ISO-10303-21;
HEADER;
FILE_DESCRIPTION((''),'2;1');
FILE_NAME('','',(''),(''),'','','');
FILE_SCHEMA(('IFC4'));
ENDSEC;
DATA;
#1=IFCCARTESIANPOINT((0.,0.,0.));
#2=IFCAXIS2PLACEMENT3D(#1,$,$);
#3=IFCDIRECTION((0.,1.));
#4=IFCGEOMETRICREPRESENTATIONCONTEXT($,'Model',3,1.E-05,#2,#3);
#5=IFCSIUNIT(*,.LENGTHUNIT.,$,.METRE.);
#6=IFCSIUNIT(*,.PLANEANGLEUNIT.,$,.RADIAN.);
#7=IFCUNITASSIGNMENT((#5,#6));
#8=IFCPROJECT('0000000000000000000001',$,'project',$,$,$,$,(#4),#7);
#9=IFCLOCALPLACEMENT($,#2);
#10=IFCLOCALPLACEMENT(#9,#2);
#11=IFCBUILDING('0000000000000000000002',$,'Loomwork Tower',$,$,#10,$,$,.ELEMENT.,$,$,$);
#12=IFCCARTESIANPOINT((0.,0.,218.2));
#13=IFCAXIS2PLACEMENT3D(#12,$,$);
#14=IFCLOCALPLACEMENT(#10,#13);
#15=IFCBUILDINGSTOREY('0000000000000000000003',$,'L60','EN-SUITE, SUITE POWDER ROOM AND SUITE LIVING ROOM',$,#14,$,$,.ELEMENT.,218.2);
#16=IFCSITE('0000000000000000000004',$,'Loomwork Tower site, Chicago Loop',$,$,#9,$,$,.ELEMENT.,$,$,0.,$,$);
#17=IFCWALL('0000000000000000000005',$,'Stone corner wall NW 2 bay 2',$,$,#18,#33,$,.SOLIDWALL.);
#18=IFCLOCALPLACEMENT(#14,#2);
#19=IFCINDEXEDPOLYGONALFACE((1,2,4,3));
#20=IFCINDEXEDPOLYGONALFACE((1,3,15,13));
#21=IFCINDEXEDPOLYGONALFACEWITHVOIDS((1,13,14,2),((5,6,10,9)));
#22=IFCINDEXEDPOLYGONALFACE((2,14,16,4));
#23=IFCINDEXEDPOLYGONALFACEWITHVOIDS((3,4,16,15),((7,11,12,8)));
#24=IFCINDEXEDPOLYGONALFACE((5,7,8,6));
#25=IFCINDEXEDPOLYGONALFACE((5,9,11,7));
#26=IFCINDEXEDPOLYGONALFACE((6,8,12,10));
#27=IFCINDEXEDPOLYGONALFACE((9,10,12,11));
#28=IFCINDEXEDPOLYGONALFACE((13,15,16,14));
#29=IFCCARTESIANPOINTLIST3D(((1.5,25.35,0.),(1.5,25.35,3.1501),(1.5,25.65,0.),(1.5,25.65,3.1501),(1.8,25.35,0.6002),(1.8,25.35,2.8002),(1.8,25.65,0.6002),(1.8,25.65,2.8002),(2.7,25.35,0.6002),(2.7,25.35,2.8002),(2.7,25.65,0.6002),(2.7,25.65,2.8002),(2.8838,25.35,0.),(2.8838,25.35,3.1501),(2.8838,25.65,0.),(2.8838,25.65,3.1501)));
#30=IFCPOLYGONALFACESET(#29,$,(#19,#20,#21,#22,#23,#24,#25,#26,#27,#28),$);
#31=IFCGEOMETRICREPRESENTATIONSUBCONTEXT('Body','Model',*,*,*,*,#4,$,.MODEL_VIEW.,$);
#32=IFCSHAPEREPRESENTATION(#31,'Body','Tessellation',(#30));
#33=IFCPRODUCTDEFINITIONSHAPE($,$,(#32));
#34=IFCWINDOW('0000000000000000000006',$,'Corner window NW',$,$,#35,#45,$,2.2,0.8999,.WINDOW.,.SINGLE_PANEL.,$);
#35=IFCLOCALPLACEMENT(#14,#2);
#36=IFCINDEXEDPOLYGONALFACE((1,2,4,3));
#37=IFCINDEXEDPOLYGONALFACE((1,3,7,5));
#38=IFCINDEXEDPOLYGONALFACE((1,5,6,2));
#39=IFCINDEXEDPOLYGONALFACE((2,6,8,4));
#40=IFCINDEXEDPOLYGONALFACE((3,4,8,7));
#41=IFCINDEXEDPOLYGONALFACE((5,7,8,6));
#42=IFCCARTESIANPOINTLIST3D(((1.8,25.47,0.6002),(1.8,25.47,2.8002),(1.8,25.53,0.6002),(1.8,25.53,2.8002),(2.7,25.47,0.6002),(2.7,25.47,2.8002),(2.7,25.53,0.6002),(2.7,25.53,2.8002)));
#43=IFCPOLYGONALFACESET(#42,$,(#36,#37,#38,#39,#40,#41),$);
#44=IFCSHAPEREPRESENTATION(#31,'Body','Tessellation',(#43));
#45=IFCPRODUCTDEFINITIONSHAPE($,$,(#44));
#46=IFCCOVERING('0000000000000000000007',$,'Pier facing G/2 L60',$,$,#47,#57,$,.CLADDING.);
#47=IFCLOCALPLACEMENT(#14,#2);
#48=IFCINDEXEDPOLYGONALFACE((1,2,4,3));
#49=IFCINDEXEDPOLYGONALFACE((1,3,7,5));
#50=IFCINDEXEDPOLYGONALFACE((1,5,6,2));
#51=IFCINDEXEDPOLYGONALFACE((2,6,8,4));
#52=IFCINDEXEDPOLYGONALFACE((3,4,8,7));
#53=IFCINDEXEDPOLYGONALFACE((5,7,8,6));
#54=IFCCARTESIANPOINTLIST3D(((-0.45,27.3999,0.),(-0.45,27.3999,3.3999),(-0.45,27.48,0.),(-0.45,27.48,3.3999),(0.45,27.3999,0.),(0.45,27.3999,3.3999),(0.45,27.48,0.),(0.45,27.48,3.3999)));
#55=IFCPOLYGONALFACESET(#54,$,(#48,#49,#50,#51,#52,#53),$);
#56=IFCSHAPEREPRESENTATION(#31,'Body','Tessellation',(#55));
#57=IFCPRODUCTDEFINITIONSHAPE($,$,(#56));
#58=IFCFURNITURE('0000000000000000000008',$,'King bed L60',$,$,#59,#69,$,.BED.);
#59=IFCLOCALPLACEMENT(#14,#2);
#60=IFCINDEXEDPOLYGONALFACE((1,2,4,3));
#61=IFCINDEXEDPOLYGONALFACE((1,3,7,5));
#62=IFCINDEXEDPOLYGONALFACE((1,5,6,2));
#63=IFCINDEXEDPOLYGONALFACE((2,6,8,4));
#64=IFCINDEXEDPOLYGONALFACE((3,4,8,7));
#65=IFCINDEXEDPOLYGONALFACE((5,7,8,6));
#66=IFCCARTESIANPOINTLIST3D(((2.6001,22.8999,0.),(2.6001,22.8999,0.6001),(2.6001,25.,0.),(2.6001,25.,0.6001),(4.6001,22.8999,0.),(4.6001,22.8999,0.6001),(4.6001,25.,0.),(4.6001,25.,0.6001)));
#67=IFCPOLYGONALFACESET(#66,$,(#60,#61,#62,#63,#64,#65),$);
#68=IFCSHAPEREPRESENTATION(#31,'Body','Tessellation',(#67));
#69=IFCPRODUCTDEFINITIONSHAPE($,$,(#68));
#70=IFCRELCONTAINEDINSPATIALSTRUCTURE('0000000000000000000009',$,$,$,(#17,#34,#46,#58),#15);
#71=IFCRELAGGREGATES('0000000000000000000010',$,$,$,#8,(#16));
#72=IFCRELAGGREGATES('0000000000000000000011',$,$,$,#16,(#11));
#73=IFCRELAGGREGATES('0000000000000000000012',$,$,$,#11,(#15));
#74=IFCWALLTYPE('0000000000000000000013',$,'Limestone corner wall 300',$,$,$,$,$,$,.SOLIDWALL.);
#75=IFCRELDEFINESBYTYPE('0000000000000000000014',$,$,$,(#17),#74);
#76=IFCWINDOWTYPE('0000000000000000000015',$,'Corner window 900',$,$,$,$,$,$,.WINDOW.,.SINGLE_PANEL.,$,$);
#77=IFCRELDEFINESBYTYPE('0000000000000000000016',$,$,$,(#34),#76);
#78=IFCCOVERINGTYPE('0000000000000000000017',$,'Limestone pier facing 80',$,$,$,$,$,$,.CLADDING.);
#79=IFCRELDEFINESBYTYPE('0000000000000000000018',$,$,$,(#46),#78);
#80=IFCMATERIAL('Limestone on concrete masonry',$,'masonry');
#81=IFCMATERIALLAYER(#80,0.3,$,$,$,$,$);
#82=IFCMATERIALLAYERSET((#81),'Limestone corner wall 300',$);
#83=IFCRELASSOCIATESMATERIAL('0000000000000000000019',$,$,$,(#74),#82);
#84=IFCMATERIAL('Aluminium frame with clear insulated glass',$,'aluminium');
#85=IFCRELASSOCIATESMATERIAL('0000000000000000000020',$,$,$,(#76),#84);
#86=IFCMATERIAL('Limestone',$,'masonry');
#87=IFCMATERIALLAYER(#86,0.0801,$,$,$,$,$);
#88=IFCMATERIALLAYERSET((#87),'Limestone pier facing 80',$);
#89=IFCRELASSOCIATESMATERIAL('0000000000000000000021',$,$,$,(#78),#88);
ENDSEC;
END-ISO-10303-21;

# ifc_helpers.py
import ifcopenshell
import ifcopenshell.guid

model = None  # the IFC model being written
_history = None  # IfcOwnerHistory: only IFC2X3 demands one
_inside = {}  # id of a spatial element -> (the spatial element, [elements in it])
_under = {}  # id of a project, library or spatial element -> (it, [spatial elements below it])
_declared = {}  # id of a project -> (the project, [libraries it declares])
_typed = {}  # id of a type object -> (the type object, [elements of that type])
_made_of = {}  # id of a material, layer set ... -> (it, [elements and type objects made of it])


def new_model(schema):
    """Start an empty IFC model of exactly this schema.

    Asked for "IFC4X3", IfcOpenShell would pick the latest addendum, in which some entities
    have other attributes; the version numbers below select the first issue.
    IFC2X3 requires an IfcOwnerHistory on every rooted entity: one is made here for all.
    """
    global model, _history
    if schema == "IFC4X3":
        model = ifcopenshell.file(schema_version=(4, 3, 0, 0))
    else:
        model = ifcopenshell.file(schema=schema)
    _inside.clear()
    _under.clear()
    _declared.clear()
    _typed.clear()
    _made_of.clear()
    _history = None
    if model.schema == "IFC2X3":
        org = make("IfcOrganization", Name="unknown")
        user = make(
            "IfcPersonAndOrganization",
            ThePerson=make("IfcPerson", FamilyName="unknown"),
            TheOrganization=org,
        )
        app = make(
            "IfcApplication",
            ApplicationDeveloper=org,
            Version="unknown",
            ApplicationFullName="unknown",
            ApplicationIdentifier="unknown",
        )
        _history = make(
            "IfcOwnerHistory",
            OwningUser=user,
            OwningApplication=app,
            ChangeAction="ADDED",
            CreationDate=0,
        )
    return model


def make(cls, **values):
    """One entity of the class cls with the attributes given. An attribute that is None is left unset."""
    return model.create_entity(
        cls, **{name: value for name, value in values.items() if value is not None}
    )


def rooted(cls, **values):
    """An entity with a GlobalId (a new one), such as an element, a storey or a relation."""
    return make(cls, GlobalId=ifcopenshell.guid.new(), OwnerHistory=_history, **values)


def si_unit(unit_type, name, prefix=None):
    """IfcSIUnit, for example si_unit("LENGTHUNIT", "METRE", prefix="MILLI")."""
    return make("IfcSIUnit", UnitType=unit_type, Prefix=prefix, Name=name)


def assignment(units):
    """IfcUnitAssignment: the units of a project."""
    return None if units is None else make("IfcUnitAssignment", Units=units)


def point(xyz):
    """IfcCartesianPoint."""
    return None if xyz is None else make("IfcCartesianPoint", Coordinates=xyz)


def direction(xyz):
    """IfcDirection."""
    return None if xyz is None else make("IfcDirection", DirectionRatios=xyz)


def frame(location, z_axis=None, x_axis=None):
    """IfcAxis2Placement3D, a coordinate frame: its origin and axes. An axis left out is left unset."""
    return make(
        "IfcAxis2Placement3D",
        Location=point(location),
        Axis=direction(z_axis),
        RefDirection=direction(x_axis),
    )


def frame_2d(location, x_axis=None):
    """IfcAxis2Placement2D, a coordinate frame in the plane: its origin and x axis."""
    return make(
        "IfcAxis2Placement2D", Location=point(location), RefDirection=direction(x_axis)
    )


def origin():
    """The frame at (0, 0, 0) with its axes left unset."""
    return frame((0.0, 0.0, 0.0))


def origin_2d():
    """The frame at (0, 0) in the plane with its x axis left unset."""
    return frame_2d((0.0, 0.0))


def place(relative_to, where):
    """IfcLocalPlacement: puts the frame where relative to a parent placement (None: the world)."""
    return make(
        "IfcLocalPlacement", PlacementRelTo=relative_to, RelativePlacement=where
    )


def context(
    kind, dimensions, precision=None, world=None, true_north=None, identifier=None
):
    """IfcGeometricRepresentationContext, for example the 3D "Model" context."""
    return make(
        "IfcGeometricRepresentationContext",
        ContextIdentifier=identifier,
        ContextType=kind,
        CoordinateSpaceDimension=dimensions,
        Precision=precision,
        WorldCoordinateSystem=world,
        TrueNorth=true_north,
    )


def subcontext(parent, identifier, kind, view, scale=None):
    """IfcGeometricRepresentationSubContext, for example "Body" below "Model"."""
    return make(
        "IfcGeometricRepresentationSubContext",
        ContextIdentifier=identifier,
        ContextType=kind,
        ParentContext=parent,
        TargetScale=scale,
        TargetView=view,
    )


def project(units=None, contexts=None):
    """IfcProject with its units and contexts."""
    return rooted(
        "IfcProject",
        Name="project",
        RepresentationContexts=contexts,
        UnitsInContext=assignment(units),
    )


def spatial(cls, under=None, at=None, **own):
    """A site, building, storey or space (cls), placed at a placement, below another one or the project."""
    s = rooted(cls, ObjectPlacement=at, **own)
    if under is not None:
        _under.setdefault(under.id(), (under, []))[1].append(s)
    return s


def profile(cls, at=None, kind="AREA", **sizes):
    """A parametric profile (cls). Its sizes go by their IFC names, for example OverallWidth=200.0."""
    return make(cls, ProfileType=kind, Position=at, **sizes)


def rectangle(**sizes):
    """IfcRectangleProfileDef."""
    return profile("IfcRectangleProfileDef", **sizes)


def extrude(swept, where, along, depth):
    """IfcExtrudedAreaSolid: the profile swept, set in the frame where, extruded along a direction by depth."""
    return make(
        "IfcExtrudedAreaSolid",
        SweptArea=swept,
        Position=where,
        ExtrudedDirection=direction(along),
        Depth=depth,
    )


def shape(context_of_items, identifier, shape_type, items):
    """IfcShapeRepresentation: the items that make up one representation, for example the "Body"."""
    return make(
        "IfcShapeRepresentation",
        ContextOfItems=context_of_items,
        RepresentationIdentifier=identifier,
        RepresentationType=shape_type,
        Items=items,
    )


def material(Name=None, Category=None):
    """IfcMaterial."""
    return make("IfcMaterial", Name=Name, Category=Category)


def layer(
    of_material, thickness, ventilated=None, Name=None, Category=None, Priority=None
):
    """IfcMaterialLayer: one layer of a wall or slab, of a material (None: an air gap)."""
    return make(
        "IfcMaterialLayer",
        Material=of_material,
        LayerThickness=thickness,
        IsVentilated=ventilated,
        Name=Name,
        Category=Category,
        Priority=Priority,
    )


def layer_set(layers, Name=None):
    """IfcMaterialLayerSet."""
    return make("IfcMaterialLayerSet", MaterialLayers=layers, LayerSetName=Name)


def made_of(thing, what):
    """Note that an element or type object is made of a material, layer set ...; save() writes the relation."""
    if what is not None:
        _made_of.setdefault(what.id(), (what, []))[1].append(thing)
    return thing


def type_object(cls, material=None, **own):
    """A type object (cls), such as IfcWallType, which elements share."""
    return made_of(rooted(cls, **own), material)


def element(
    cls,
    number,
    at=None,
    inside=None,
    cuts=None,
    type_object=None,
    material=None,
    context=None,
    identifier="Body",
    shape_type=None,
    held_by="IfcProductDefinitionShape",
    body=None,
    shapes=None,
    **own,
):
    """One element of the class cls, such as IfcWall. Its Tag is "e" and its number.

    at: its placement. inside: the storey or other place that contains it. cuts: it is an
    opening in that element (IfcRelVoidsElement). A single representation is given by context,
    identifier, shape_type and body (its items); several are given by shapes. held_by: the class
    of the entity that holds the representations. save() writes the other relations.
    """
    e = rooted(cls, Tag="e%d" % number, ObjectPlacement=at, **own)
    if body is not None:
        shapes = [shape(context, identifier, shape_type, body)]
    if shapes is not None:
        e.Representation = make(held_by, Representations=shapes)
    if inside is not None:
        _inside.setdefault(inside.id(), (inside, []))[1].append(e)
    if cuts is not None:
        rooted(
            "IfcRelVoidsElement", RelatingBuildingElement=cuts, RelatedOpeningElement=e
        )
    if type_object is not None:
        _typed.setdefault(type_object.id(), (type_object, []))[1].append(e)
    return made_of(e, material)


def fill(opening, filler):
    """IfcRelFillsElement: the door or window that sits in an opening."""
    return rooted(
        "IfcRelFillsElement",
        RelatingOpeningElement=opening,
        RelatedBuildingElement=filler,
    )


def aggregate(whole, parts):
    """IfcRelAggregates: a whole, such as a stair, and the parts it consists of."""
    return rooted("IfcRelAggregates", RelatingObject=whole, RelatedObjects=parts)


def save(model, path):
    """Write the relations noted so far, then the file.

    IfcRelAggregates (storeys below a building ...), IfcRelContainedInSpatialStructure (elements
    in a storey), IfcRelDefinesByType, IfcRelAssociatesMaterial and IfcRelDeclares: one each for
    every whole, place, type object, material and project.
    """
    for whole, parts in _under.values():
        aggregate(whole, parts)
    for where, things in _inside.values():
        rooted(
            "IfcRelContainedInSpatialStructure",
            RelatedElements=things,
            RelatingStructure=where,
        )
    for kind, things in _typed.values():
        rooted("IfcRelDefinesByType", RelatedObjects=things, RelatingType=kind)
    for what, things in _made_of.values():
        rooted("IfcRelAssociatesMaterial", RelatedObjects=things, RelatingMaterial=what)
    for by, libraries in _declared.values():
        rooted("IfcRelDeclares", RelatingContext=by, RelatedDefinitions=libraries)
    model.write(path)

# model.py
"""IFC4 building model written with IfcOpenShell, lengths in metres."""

from ifc_helpers import new_model, si_unit, direction, frame, frame_2d, origin, origin_2d, place, context, subcontext, project, spatial, rectangle, extrude, material, layer, layer_set, type_object, element, fill, save


model = new_model("IFC4")

# Units and contexts
model_context = context("Model", 3, precision=1e-05, world=origin(), true_north=direction((0.0, 1.0)))
body_context = subcontext(model_context, "Body", "Model", "MODEL_VIEW")
ifc_project = project(units=[si_unit("LENGTHUNIT", "METRE"), si_unit("PLANEANGLEUNIT", "RADIAN")], contexts=[model_context])

# Site, building, storey
site_placement = place(None, origin())
site = spatial("IfcSite", under=ifc_project, at=site_placement, Name="Loomwork Tower site, Chicago Loop", CompositionType="ELEMENT", RefElevation=0.0)
building_placement = place(site_placement, origin())
building = spatial("IfcBuilding", under=site, at=building_placement, Name="Loomwork Tower", CompositionType="ELEMENT")
storey_placement = place(building_placement, frame((0.0, 0.0, 218.2)))
storey = spatial("IfcBuildingStorey", under=building, at=storey_placement, Name="L60", Description="EN-SUITE, SUITE POWDER ROOM AND SUITE LIVING ROOM", CompositionType="ELEMENT", Elevation=218.2)

# Shared definitions
ifc_material_1 = material(Name="Limestone on concrete masonry", Category="masonry")
ifc_layer_1 = layer(ifc_material_1, 0.3)
ifc_layer_set_1 = layer_set([ifc_layer_1], Name="Limestone corner wall 300")
wall_type_1 = type_object("IfcWallType", Name="Limestone corner wall 300", PredefinedType="SOLIDWALL", material=ifc_layer_set_1)

# Shared definitions
ifc_material_2 = material(Name="Aluminium frame with clear insulated glass", Category="aluminium")
window_type_1 = type_object("IfcWindowType", Name="Corner window 900", PartitioningType="SINGLE_PANEL", PredefinedType="WINDOW", material=ifc_material_2)

# Wall, opening, window
wall_1_placement = place(storey_placement, frame((2.8838, 25.5, 0.0), z_axis=(0.0, 0.0, 1.0), x_axis=(-1.0, 0.0, 0.0)))
wall_1 = element("IfcWall", 1, at=wall_1_placement, inside=storey, type_object=wall_type_1, Name="Stone corner wall NW 2 bay 2", PredefinedType="SOLIDWALL", context=body_context, shape_type="SweptSolid", body=[
    extrude(rectangle(XDim=1.3838, YDim=0.3, at=frame_2d((0.6919, 0.0))), origin(), (0.0, 0.0, 1.0), 3.1501),
])
opening_1_placement = place(wall_1_placement, frame((0.1838, 0.0, 0.6001)))
opening_1 = element("IfcOpeningElement", 2, at=opening_1_placement, cuts=wall_1, PredefinedType="OPENING", context=body_context, shape_type="SweptSolid", body=[
    extrude(rectangle(XDim=0.8999, YDim=2.2, at=frame_2d((0.45, 1.1001))), frame((0.0, 0.1599, 0.0), z_axis=(0.0, -1.0, 0.0), x_axis=(1.0, 0.0, 0.0)), (0.0, 0.0, 1.0), 0.3201),
])
window_1_placement = place(opening_1_placement, origin())
window_1 = element("IfcWindow", 3, at=window_1_placement, inside=storey, type_object=window_type_1, Name="Corner window NW", OverallHeight=2.2, OverallWidth=0.8999, PartitioningType="SINGLE_PANEL", PredefinedType="WINDOW", context=body_context, shape_type="SweptSolid", body=[
    extrude(rectangle(XDim=0.8999, YDim=2.2, at=frame_2d((0.45, 1.1001))), frame((0.0, 0.03, 0.0), z_axis=(0.0, -1.0, 0.0), x_axis=(1.0, 0.0, 0.0)), (0.0, 0.0, 1.0), 0.0601),
])
fill(opening_1, window_1)

# Covering
ifc_material_3 = material(Name="Limestone", Category="masonry")
ifc_layer_2 = layer(ifc_material_3, 0.0801)
ifc_layer_set_2 = layer_set([ifc_layer_2], Name="Limestone pier facing 80")
covering_type = type_object("IfcCoveringType", Name="Limestone pier facing 80", PredefinedType="CLADDING", material=ifc_layer_set_2)
covering_placement = place(storey_placement, frame((0.0, 27.4399, 0.0), z_axis=(0.0, 0.0, 1.0), x_axis=(1.0, 0.0, 0.0)))
element("IfcCovering", 4, at=covering_placement, inside=storey, type_object=covering_type, Name="Pier facing G/2 L60", PredefinedType="CLADDING", context=body_context, shape_type="SweptSolid", body=[
    extrude(rectangle(XDim=0.8999, YDim=0.0801, at=origin_2d()), origin(), (0.0, 0.0, 1.0), 3.3999),
])

# Furniture
furniture_placement = place(storey_placement, frame((3.6001, 23.95, 0.0), z_axis=(0.0, 0.0, 1.0), x_axis=(1.0, 0.0, 0.0)))
element("IfcFurniture", 5, at=furniture_placement, inside=storey, Name="King bed L60", PredefinedType="BED", context=body_context, shape_type="SweptSolid", body=[
    extrude(rectangle(XDim=2.0, YDim=2.1001, at=origin_2d()), origin(), (0.0, 0.0, 1.0), 0.6001),
])

save(model, "model.ifc")
